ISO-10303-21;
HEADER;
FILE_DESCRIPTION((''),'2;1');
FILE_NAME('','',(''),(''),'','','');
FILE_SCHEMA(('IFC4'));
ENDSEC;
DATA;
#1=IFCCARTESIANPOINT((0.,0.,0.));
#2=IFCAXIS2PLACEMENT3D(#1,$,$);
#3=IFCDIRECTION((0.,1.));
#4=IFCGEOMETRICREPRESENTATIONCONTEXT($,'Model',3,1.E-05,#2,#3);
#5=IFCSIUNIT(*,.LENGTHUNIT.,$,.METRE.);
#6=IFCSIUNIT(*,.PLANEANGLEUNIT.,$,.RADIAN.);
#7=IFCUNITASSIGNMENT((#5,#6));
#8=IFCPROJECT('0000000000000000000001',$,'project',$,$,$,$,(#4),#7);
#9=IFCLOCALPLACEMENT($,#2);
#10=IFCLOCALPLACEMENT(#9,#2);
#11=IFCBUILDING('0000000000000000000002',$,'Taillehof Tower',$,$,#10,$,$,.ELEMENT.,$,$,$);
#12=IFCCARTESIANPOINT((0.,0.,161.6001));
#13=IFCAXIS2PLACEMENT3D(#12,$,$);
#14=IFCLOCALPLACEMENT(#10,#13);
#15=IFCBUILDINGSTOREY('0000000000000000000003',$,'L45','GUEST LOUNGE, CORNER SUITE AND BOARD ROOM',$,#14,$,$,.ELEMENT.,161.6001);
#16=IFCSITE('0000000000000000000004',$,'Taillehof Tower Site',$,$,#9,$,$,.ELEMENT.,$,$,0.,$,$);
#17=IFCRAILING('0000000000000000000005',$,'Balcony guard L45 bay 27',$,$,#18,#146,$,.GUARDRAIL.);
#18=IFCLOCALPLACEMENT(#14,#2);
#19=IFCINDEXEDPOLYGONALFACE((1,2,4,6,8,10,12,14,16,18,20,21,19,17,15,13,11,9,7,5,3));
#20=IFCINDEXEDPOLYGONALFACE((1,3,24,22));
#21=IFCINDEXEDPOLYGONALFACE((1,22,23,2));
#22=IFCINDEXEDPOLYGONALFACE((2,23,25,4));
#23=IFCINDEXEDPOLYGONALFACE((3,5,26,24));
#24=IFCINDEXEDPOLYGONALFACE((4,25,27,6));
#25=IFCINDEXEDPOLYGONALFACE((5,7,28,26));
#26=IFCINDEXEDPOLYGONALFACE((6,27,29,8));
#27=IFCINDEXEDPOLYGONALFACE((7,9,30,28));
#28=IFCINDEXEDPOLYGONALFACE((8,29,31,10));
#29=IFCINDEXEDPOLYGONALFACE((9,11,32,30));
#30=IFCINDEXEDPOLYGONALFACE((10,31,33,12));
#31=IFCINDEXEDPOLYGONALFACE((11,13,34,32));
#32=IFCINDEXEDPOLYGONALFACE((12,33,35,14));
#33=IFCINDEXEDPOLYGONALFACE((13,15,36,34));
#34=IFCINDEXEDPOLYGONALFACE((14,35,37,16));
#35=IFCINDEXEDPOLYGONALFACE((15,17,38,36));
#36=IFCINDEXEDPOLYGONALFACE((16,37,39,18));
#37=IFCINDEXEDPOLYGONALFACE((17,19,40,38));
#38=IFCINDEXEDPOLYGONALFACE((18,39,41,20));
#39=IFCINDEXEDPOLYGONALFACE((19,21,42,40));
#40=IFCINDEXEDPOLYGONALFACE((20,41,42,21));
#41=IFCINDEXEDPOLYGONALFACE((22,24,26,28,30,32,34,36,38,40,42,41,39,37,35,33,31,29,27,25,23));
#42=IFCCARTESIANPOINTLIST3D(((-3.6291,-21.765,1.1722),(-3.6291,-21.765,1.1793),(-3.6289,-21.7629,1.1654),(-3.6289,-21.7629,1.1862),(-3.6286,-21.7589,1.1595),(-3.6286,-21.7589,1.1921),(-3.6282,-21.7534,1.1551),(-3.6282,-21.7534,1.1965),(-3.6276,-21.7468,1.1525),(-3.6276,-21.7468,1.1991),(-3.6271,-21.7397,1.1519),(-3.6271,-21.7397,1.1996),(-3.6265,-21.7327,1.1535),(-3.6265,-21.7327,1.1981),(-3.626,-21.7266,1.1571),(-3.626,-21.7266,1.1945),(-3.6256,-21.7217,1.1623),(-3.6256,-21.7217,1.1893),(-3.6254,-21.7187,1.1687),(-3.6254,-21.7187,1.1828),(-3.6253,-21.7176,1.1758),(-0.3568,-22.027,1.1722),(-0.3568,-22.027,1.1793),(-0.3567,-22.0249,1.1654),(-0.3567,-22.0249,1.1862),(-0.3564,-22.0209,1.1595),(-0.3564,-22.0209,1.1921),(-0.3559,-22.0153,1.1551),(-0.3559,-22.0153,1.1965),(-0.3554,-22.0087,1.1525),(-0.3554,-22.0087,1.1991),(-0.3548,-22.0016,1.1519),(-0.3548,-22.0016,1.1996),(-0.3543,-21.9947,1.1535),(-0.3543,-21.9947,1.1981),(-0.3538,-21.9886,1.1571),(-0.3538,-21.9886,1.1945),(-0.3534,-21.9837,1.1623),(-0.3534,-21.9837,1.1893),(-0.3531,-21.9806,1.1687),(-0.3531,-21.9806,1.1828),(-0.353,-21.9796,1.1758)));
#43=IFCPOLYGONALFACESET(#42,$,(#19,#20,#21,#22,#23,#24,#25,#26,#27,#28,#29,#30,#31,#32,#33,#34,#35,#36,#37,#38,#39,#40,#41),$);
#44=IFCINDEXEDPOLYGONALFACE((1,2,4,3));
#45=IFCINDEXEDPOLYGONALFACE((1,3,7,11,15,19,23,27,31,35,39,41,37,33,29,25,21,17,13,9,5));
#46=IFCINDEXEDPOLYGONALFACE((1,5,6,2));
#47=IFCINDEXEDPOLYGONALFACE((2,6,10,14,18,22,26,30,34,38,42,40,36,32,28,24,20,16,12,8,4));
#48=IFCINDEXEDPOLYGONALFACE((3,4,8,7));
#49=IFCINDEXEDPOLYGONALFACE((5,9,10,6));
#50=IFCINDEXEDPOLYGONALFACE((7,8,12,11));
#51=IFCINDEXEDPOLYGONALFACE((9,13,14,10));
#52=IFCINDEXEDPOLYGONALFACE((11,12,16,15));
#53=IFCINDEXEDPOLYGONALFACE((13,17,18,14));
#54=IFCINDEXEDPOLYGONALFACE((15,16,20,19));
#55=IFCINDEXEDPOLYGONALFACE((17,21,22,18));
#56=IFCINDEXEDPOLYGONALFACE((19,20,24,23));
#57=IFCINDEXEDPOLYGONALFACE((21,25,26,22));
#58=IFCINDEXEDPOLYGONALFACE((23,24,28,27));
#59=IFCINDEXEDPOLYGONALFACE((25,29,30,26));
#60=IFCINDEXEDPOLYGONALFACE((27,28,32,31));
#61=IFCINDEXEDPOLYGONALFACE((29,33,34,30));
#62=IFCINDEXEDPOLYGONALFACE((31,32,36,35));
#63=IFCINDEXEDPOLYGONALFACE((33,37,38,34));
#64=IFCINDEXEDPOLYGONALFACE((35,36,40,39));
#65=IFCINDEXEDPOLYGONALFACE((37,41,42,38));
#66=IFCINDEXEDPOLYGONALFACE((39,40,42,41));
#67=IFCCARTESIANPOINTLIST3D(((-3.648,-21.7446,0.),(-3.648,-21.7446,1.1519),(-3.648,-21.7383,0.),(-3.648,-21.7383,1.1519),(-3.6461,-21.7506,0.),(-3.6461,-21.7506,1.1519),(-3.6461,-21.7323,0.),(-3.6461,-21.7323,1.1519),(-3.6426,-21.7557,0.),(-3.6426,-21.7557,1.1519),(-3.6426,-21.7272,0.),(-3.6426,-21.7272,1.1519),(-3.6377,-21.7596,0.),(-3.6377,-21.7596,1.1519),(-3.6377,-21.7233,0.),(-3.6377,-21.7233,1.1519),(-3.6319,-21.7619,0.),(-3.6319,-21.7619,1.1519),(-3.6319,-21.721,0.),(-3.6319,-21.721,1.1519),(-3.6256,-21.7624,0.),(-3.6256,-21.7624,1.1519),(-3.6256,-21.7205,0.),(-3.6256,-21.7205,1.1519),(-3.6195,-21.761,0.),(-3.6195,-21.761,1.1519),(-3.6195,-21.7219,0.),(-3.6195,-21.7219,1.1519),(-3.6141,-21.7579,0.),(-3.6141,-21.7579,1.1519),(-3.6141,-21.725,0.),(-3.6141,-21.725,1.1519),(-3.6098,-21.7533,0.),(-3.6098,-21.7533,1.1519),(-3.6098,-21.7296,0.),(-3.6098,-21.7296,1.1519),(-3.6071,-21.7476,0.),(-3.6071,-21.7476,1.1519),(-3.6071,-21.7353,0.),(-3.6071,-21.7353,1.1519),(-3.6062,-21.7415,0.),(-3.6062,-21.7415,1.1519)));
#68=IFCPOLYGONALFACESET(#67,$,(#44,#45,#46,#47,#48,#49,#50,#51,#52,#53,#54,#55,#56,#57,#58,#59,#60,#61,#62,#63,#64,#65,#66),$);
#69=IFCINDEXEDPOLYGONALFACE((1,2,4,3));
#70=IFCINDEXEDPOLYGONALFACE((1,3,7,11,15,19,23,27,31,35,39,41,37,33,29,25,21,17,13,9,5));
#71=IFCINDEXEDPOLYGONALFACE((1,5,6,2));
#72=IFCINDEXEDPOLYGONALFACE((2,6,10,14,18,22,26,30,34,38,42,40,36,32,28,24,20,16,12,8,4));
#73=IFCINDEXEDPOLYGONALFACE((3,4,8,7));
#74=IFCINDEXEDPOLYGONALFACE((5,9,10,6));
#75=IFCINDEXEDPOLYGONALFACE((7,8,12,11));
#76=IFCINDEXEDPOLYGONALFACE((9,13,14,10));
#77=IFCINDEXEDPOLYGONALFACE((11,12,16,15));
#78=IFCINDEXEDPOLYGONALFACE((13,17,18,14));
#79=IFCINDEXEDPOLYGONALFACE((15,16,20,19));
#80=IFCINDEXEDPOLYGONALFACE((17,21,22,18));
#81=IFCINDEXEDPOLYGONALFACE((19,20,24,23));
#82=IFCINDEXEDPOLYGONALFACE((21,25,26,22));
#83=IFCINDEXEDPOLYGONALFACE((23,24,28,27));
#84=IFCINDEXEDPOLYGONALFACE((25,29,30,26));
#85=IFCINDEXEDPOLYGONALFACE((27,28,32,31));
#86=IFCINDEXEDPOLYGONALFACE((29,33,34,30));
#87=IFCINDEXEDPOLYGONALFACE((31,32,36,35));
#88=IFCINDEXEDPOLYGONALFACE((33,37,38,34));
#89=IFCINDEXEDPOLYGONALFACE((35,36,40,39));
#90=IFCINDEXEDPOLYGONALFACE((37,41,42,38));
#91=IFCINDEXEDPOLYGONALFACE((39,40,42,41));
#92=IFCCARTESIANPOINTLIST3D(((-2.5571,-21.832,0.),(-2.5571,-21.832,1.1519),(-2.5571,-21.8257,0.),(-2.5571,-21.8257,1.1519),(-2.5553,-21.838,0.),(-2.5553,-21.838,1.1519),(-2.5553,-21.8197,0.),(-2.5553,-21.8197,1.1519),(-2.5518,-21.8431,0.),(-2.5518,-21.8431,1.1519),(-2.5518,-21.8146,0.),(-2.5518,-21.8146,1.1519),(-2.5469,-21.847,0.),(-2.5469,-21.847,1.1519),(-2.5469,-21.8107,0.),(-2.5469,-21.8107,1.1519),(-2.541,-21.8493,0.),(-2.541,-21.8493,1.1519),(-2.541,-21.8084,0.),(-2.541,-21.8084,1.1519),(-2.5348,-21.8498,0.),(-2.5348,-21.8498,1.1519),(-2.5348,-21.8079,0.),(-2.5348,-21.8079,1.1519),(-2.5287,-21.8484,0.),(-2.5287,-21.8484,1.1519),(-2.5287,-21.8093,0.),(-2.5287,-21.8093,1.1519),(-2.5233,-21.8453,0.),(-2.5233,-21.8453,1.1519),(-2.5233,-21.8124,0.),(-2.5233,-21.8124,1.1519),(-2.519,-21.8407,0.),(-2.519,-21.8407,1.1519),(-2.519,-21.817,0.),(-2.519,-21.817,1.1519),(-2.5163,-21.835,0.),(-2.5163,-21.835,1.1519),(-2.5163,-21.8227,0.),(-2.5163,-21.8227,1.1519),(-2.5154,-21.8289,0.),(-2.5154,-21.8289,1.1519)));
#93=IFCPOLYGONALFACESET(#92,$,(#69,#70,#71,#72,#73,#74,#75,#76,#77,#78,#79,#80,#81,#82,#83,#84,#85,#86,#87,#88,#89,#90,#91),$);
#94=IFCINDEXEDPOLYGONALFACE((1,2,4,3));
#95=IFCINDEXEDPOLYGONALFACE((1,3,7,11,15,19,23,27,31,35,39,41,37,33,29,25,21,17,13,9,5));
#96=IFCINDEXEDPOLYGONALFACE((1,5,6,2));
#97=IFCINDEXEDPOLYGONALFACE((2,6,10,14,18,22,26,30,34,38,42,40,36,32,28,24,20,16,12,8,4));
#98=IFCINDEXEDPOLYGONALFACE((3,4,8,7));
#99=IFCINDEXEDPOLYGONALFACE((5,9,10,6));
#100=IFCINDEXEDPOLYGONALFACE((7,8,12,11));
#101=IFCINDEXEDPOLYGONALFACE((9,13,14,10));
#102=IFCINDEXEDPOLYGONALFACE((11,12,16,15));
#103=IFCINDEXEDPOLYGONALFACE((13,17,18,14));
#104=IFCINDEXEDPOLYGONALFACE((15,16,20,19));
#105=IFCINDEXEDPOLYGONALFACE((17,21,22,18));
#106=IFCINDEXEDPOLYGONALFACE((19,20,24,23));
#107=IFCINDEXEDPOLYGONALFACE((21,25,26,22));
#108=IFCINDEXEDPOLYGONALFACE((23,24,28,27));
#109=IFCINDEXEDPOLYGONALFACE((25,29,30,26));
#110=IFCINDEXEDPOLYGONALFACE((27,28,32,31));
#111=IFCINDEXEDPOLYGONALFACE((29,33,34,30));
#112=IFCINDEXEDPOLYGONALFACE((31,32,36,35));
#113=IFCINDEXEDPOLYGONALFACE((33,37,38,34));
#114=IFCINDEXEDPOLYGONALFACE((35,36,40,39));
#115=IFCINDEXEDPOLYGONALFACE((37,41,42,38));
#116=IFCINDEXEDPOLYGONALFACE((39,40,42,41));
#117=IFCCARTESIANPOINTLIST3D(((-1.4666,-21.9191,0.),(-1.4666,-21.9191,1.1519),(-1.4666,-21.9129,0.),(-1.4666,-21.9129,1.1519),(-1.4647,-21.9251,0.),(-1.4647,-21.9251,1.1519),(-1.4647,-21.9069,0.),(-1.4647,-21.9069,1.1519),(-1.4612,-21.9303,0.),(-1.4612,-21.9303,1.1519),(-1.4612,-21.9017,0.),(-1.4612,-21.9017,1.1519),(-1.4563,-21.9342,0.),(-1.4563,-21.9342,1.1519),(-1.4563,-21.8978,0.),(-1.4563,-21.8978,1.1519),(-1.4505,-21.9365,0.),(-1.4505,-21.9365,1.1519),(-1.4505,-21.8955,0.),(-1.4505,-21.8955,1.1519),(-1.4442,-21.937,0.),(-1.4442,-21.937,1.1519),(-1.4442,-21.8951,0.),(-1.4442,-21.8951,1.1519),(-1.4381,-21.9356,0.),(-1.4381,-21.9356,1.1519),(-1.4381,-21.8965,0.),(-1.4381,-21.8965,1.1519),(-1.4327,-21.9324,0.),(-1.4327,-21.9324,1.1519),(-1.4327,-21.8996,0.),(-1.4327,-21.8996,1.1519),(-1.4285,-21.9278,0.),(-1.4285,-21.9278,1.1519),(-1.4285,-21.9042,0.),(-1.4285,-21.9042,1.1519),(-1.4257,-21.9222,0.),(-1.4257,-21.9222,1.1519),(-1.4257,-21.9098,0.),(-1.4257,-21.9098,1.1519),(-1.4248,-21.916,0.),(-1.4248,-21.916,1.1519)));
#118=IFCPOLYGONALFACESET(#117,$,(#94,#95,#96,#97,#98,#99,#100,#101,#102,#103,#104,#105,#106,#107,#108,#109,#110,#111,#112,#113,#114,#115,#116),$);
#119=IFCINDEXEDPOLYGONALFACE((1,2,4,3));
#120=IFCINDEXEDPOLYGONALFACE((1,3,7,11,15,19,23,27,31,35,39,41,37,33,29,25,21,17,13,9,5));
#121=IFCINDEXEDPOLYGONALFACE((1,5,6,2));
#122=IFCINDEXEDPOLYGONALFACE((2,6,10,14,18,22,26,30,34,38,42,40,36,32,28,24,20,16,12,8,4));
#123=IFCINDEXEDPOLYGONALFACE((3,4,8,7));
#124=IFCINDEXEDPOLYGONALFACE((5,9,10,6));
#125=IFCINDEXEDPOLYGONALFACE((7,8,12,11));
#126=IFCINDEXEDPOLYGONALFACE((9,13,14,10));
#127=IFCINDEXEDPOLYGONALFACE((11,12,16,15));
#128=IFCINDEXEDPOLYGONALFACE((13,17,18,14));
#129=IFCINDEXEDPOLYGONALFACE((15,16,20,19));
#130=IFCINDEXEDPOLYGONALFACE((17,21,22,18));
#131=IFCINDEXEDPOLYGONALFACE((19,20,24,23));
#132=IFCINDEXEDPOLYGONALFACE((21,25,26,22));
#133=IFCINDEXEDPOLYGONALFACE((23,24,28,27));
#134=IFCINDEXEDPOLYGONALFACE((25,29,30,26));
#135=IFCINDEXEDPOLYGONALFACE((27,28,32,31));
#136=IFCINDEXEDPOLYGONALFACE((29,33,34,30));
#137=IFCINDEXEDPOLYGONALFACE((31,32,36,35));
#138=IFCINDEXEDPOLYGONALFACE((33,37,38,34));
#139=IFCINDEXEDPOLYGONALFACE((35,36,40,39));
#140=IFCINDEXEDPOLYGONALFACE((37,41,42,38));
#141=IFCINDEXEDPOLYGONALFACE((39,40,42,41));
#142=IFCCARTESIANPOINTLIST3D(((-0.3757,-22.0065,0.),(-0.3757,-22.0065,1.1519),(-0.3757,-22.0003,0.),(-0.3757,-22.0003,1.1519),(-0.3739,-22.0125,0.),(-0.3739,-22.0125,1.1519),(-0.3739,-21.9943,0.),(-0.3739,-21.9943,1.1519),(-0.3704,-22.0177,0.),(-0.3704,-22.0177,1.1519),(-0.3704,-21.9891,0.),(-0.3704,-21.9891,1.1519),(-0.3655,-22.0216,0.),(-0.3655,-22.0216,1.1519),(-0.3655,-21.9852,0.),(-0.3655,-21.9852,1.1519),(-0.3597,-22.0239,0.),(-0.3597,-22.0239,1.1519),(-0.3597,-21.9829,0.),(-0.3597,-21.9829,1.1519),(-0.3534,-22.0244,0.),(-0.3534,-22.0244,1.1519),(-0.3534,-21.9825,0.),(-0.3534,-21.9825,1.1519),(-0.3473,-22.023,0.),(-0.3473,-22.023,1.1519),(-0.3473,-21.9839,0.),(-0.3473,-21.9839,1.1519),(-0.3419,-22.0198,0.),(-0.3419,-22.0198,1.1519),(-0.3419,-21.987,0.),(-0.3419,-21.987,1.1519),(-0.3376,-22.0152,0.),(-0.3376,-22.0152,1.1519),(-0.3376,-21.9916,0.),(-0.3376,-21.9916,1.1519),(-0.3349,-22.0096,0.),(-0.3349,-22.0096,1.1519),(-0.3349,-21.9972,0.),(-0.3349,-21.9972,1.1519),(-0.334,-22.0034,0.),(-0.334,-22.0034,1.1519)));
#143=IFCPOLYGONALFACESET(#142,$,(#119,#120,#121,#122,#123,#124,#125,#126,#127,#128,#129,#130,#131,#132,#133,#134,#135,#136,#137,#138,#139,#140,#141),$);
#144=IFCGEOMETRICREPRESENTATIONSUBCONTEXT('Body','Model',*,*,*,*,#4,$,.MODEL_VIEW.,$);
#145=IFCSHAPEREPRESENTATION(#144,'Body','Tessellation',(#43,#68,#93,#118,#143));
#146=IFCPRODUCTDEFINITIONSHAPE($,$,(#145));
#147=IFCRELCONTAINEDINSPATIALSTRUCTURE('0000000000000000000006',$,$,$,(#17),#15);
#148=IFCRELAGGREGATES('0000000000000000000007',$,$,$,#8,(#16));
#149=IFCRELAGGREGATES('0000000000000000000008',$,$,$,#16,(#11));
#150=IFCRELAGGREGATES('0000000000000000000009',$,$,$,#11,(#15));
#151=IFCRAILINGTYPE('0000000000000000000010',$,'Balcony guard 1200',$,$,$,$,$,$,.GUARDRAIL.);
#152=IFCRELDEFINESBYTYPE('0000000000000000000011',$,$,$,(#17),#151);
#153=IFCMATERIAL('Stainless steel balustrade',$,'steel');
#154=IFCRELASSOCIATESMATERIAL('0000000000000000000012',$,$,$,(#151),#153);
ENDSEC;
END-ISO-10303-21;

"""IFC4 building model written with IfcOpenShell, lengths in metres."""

from ifc_helpers import new_model, si_unit, direction, frame, origin, origin_2d, place, context, subcontext, project, spatial, circle, extrude, material, type_object, element, save


model = new_model("IFC4")

# Units and contexts
model_context = context("Model", 3, precision=1e-05, world=origin(), true_north=direction((0.0, 1.0)))
body_context = subcontext(model_context, "Body", "Model", "MODEL_VIEW")
ifc_project = project(units=[si_unit("LENGTHUNIT", "METRE"), si_unit("PLANEANGLEUNIT", "RADIAN")], contexts=[model_context])

# Site, building, storey
site_placement = place(None, origin())
site = spatial("IfcSite", under=ifc_project, at=site_placement, Name="Taillehof Tower Site", CompositionType="ELEMENT", RefElevation=0.0)
building_placement = place(site_placement, origin())
building = spatial("IfcBuilding", under=site, at=building_placement, Name="Taillehof Tower", CompositionType="ELEMENT")
storey_placement = place(building_placement, frame((0.0, 0.0, 161.6001)))
storey = spatial("IfcBuildingStorey", under=building, at=storey_placement, Name="L45", Description="GUEST LOUNGE, CORNER SUITE AND BOARD ROOM", CompositionType="ELEMENT", Elevation=161.6001)

# Railing
ifc_material_1 = material(Name="Stainless steel balustrade", Category="steel")
railing_type = type_object("IfcRailingType", Name="Balcony guard 1200", PredefinedType="GUARDRAIL", material=ifc_material_1)
railing_placement = place(storey_placement, frame((-3.6272, -21.7415, 0.0)))
element("IfcRailing", 1, at=railing_placement, inside=storey, type_object=railing_type, Name="Balcony guard L45 bay 27", PredefinedType="GUARDRAIL", context=body_context, shape_type="SweptSolid", body=[
    extrude(circle(Radius=0.0239, at=origin_2d()), frame((0.0, 0.0, 1.1758), z_axis=(0.996811, -0.079801, 0.0), x_axis=(0.079801, 0.996811, 0.0)), (0.0, 0.0, 1.0), 3.2827),
    extrude(circle(Radius=0.021, at=origin_2d()), origin(), (0.0, 0.0, 1.0), 1.1519),
    extrude(circle(Radius=0.021, at=origin_2d()), frame((1.0908, -0.0874, 0.0)), (0.0, 0.0, 1.0), 1.1519),
    extrude(circle(Radius=0.021, at=origin_2d()), frame((2.1814, -0.1746, 0.0)), (0.0, 0.0, 1.0), 1.1519),
    extrude(circle(Radius=0.021, at=origin_2d()), frame((3.2722, -0.262, 0.0)), (0.0, 0.0, 1.0), 1.1519),
])

save(model, "model.ifc")
